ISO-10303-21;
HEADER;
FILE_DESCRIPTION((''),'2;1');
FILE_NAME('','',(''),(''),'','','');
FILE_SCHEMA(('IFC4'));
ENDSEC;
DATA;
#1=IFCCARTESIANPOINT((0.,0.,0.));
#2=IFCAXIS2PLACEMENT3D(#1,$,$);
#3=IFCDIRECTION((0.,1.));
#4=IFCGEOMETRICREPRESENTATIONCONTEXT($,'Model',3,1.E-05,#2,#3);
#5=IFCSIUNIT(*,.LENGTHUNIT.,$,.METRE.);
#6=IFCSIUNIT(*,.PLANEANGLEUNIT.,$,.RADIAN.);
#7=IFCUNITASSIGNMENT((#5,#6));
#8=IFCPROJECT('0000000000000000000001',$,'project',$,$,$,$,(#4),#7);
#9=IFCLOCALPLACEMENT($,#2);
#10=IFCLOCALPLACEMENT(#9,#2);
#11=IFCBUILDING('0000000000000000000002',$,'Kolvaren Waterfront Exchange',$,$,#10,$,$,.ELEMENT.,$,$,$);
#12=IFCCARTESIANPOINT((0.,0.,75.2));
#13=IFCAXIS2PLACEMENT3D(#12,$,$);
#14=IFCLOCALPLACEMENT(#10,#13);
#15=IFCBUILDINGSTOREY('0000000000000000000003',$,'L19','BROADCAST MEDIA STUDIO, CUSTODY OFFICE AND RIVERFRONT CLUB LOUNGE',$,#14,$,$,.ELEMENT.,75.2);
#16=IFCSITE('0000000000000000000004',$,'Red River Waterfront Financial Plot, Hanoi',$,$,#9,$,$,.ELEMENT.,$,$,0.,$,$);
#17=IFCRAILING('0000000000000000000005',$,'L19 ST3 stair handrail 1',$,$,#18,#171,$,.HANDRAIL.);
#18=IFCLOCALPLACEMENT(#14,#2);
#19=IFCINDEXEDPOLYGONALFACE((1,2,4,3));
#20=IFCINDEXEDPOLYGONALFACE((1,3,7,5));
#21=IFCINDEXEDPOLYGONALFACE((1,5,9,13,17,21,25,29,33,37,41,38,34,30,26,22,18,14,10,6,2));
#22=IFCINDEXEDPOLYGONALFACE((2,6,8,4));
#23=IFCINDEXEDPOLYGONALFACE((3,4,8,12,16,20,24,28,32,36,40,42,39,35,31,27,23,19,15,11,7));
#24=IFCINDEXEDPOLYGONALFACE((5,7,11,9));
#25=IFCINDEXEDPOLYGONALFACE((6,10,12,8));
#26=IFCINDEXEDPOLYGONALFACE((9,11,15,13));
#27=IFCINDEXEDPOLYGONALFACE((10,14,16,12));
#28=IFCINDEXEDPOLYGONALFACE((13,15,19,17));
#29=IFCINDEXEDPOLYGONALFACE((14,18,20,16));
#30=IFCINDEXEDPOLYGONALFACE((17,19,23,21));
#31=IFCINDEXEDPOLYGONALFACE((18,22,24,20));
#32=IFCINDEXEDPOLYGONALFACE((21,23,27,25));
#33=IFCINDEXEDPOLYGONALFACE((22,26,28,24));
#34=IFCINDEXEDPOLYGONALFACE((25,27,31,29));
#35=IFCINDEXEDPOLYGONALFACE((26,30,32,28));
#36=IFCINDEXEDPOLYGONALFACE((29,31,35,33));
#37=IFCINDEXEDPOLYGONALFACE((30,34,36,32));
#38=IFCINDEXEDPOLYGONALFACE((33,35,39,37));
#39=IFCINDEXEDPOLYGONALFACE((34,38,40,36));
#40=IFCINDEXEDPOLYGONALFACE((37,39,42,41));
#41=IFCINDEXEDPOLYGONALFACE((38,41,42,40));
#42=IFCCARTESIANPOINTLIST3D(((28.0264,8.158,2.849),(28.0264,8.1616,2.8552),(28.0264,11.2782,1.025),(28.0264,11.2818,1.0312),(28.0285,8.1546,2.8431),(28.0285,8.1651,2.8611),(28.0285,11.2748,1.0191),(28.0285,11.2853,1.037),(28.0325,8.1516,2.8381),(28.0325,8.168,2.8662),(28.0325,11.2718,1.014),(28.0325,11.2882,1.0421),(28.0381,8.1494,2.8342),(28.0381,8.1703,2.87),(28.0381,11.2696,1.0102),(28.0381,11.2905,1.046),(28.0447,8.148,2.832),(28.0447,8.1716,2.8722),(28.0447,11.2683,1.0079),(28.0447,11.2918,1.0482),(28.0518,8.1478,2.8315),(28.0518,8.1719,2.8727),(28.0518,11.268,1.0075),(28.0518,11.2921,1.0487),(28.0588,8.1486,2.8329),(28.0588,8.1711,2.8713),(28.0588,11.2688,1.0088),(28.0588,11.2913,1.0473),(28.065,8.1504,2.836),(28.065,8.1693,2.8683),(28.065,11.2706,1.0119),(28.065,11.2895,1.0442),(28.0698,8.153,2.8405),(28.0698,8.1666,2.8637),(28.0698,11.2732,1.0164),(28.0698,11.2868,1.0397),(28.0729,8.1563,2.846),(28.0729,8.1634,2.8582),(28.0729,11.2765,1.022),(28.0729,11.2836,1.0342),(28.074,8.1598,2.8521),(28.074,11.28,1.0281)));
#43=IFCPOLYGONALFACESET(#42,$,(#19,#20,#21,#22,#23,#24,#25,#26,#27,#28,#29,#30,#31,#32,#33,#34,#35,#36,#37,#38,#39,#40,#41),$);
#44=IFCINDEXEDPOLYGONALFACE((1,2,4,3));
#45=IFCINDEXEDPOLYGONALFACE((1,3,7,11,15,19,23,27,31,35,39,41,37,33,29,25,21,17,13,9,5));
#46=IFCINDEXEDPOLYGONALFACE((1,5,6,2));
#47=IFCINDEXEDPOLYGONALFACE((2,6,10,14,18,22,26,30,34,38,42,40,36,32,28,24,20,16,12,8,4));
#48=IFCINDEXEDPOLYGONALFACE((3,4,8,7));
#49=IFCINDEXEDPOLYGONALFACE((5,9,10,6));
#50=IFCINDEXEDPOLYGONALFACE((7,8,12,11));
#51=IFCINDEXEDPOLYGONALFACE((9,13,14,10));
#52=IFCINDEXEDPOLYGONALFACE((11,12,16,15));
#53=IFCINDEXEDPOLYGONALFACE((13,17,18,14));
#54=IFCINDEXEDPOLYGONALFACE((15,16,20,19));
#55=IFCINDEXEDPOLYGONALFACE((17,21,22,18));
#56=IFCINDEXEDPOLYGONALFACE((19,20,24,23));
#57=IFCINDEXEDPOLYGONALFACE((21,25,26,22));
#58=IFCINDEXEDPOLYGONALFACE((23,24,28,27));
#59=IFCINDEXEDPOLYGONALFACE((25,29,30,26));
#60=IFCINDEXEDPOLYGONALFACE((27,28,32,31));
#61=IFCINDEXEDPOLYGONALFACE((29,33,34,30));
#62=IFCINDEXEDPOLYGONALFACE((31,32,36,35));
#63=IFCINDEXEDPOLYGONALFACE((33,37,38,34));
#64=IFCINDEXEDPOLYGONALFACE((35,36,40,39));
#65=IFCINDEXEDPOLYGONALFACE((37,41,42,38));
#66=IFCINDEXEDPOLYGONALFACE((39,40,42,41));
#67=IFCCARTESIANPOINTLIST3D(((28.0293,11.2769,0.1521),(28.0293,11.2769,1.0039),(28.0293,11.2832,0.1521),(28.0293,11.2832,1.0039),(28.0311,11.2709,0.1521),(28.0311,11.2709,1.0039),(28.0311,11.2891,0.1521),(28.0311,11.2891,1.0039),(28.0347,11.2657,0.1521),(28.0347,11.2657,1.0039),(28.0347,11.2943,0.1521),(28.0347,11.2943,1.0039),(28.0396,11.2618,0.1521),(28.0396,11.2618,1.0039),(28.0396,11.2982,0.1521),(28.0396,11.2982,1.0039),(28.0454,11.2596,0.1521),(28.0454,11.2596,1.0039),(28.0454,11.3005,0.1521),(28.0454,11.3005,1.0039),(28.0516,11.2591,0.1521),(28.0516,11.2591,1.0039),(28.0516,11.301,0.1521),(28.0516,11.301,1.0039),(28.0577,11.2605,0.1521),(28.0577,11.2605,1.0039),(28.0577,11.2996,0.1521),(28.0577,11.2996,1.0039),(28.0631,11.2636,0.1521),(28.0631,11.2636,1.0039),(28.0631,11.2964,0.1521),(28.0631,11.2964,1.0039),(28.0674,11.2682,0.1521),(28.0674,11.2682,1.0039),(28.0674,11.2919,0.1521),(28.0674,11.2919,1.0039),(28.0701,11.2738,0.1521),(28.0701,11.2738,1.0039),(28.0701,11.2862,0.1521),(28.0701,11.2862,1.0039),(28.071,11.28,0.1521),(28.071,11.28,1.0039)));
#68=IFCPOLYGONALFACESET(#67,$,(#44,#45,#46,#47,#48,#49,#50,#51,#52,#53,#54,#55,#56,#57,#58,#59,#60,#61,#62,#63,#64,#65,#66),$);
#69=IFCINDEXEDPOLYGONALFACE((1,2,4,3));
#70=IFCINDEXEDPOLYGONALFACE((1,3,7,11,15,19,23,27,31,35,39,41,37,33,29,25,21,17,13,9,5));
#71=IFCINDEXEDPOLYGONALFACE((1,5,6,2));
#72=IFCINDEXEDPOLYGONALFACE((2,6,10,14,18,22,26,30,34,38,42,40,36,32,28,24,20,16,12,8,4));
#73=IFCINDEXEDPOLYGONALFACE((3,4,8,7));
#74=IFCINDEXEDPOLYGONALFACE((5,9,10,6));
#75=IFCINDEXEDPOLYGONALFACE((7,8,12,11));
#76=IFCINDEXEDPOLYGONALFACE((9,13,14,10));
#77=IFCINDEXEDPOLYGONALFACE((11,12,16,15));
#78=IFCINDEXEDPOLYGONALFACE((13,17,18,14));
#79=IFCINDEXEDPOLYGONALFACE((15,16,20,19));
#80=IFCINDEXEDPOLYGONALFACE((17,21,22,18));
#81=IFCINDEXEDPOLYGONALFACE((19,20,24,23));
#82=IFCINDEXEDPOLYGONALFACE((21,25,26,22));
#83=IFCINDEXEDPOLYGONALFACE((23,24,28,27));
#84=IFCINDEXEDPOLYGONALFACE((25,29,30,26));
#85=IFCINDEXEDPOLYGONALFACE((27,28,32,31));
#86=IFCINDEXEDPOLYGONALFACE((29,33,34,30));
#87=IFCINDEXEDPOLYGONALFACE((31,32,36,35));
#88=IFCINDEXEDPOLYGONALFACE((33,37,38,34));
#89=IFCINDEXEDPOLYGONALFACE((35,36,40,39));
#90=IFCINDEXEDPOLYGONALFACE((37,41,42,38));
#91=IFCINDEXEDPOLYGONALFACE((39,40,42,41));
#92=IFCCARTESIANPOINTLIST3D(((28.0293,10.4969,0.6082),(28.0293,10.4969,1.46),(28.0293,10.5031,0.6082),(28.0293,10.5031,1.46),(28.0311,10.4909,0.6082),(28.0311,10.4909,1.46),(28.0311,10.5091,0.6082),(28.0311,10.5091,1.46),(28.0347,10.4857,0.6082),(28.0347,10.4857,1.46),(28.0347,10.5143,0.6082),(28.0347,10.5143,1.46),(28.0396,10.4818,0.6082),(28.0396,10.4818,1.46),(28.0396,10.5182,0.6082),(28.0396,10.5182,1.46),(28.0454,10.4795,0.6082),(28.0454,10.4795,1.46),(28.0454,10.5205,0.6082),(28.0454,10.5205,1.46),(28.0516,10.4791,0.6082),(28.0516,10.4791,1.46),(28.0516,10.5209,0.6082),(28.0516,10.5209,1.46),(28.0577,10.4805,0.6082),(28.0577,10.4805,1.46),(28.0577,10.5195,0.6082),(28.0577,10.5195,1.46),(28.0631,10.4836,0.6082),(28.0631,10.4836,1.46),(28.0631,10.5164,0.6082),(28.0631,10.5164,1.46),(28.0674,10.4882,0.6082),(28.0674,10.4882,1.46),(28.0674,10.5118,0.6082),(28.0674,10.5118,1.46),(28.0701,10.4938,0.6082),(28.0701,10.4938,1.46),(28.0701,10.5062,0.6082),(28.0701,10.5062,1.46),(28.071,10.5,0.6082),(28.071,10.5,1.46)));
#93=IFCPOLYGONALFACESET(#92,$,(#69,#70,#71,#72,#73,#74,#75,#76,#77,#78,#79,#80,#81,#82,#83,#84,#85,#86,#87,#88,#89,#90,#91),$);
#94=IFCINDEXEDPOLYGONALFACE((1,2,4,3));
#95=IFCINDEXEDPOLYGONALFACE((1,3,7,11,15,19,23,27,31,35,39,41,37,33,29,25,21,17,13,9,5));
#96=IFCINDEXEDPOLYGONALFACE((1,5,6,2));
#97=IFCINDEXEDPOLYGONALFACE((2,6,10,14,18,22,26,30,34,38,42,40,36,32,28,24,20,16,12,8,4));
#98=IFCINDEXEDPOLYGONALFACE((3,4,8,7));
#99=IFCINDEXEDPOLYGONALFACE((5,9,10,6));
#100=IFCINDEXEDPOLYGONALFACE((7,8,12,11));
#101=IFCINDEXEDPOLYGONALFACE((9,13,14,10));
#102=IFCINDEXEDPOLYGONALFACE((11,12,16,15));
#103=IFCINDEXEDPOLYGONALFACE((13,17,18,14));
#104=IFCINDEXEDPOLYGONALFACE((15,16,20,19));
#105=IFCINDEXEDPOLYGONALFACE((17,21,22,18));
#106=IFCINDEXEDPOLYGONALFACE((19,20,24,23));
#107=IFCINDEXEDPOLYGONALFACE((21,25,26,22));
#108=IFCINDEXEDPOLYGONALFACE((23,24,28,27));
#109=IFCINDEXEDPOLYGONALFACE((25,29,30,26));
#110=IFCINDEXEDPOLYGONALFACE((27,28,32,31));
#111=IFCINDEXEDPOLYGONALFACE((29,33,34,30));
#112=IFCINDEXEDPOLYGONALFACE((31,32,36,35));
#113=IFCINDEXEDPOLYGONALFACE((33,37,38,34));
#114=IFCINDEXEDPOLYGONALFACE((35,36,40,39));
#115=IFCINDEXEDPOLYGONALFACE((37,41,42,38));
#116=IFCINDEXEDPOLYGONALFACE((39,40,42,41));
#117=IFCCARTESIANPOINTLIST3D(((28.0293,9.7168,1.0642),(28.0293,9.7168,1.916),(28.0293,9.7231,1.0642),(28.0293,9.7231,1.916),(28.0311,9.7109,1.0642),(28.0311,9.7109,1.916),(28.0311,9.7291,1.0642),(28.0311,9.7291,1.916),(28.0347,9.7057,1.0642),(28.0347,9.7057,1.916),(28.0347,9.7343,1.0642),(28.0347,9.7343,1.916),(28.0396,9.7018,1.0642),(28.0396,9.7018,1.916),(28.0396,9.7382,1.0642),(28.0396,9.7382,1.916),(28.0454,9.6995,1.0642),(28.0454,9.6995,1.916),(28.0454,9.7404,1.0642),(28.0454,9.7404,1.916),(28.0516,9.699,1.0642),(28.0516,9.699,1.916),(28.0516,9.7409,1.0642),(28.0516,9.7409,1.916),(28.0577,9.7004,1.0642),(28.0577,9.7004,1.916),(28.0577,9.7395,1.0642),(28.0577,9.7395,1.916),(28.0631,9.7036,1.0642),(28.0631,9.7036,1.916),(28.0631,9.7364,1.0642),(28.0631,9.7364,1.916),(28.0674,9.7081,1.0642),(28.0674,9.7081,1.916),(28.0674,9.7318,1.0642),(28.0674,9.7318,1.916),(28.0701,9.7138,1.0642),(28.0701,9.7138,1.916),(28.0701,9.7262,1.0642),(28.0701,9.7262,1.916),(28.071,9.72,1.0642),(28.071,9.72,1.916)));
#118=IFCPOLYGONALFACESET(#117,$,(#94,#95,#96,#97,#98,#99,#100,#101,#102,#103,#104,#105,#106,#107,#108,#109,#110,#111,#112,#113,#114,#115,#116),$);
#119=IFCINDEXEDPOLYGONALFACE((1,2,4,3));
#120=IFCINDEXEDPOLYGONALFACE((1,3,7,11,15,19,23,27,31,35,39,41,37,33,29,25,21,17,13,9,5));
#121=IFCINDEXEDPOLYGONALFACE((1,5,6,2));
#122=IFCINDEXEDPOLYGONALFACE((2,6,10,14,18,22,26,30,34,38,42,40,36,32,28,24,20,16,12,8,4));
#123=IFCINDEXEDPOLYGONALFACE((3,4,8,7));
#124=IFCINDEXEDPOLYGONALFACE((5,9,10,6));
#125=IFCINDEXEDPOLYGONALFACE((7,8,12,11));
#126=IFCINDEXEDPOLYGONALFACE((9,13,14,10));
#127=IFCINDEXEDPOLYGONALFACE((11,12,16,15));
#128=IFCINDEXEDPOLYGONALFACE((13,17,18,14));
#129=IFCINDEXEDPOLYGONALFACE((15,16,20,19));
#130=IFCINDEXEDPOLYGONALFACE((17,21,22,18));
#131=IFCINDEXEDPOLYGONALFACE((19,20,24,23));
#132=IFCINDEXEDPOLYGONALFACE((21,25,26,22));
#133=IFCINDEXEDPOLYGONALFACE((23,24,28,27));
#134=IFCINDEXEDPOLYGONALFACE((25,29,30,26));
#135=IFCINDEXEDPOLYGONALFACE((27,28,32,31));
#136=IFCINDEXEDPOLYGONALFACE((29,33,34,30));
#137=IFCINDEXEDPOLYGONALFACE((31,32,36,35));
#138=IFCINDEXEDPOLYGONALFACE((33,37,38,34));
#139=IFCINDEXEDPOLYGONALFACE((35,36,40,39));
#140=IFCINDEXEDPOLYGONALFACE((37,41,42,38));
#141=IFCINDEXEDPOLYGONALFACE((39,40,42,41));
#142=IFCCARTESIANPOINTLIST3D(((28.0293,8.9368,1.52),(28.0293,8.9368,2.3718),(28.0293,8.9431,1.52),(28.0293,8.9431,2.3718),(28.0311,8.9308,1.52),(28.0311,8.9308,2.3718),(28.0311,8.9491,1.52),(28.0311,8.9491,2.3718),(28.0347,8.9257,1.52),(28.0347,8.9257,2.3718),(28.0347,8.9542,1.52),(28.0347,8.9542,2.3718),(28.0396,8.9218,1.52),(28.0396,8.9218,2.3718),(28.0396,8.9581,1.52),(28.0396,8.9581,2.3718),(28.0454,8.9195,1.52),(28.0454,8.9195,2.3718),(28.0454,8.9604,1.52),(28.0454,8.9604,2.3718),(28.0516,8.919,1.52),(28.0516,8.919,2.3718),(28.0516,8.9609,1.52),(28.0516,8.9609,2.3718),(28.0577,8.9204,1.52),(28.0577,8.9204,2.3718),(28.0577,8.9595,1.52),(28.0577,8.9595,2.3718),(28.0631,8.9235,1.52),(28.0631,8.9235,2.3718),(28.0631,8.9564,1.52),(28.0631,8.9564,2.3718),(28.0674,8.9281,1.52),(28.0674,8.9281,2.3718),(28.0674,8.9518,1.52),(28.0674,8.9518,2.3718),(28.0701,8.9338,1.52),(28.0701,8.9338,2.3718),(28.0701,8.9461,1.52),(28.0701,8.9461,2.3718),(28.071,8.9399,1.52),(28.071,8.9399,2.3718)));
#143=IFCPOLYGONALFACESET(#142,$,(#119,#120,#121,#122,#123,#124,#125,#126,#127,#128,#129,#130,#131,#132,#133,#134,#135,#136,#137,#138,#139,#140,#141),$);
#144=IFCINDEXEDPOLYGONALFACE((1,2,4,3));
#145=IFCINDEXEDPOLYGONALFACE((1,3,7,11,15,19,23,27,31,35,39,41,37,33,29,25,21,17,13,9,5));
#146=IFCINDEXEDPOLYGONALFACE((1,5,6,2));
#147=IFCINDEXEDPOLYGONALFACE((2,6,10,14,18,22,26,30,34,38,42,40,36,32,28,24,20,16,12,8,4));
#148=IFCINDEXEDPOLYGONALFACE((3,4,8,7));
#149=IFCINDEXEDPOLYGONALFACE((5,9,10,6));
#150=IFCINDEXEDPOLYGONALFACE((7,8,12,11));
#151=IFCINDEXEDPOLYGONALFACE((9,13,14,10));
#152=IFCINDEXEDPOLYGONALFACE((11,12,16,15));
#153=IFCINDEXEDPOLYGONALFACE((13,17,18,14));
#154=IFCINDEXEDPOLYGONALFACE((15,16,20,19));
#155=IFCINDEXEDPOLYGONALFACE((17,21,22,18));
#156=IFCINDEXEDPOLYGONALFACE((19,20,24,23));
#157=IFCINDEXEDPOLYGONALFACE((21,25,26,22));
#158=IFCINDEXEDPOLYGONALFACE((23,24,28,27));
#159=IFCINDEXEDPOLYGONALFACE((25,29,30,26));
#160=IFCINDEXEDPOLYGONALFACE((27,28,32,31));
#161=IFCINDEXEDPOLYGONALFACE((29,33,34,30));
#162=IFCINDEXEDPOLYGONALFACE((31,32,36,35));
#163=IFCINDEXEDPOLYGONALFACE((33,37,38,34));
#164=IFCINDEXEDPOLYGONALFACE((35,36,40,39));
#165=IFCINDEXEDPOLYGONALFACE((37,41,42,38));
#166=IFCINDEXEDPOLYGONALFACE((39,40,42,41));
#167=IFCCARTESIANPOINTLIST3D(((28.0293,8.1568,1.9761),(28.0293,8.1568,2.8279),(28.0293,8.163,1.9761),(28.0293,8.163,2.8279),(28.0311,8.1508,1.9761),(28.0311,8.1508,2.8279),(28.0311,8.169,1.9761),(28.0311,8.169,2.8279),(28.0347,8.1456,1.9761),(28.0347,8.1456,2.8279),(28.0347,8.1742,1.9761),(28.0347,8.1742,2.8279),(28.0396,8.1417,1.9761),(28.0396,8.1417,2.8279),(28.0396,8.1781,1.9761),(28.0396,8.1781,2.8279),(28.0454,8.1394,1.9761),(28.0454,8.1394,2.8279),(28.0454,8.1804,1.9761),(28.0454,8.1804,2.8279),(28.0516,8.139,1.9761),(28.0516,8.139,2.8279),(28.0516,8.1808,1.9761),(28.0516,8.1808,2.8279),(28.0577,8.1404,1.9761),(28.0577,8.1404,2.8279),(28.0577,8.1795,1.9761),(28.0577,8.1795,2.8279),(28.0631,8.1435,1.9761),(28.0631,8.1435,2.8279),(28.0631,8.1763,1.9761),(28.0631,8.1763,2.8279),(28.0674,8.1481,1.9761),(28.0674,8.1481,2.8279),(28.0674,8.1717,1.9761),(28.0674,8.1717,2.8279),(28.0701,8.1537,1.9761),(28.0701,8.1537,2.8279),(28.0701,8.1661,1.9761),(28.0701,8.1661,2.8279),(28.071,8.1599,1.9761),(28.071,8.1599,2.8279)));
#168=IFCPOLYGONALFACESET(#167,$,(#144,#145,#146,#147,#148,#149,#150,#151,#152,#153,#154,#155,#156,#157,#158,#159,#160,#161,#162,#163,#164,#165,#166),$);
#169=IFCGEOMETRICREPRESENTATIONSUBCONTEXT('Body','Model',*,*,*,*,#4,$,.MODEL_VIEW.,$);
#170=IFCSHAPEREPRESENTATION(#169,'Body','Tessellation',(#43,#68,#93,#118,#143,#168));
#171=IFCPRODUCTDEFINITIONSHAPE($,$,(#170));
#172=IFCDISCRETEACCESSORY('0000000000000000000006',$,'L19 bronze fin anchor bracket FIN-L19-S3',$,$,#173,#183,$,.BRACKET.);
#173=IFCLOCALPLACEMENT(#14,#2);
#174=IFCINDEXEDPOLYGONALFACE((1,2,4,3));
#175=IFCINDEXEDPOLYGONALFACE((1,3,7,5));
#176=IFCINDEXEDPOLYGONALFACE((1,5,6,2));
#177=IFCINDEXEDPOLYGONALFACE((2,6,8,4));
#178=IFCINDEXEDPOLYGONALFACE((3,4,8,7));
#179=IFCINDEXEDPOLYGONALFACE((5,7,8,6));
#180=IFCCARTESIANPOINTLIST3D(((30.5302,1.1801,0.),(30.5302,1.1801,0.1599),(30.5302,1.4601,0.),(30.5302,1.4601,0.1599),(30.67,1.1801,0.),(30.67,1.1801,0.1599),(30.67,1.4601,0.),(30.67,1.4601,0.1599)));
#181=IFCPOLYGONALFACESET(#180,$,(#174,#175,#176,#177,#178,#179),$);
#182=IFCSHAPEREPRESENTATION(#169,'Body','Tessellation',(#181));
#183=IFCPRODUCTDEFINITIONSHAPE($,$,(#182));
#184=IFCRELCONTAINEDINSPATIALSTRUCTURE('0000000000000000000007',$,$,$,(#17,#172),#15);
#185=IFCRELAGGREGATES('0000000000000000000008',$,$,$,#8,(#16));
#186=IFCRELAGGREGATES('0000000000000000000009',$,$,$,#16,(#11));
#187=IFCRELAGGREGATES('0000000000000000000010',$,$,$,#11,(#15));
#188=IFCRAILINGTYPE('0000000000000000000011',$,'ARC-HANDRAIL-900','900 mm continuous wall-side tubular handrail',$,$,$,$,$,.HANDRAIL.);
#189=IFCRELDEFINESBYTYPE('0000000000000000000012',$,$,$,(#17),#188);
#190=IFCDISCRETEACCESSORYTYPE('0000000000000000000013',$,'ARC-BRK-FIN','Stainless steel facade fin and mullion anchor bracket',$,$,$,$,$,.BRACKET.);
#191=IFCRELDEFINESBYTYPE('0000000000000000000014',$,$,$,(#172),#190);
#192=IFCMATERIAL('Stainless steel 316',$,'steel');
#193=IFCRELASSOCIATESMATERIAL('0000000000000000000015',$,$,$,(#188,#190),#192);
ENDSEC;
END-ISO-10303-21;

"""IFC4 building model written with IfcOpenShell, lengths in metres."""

from ifc_helpers import new_model, si_unit, direction, frame, origin, origin_with_axes, origin_2d, place, context, subcontext, project, spatial, rectangle, circle, extrude, source, transform, mapped, material, type_object, element, save


model = new_model("IFC4")

# Units and contexts
model_context = context("Model", 3, precision=1e-05, world=origin(), true_north=direction((0.0, 1.0)))
body_context = subcontext(model_context, "Body", "Model", "MODEL_VIEW")
ifc_project = project(units=[si_unit("LENGTHUNIT", "METRE"), si_unit("PLANEANGLEUNIT", "RADIAN")], contexts=[model_context])

# Site, building, storey
site_placement = place(None, origin())
site = spatial("IfcSite", under=ifc_project, at=site_placement, Name="Red River Waterfront Financial Plot, Hanoi", CompositionType="ELEMENT", RefElevation=0.0)
building_placement = place(site_placement, origin())
building = spatial("IfcBuilding", under=site, at=building_placement, Name="Kolvaren Waterfront Exchange", CompositionType="ELEMENT")
storey_placement = place(building_placement, frame((0.0, 0.0, 75.2)))
storey = spatial("IfcBuildingStorey", under=building, at=storey_placement, Name="L19", Description="BROADCAST MEDIA STUDIO, CUSTODY OFFICE AND RIVERFRONT CLUB LOUNGE", CompositionType="ELEMENT", Elevation=75.2)

# Railing
ifc_material_1 = material(Name="Stainless steel 316", Category="steel")
railing_type_1 = type_object("IfcRailingType", Name="ARC-HANDRAIL-900", Description="900 mm continuous wall-side tubular handrail", PredefinedType="HANDRAIL", material=ifc_material_1)
railing_1_placement = place(storey_placement, frame((28.05, 11.28, 0.1521)))
element("IfcRailing", 1, at=railing_1_placement, inside=storey, type_object=railing_type_1, Name="L19 ST3 stair handrail 1", PredefinedType="HANDRAIL", context=body_context, shape_type="SweptSolid", body=[
    extrude(circle(Radius=0.0239, at=origin_2d()), frame((0.0, 0.0, 0.876), z_axis=(0.0, -0.863308, 0.504677), x_axis=(1.0, 0.0, 0.0)), (0.0, 0.0, 1.0), 3.6143),
    extrude(circle(Radius=0.021, at=origin_2d()), origin(), (0.0, 0.0, 1.0), 0.8518),
    extrude(circle(Radius=0.021, at=origin_2d()), frame((0.0, -0.78, 0.4561)), (0.0, 0.0, 1.0), 0.8518),
    extrude(circle(Radius=0.021, at=origin_2d()), frame((0.0, -1.5601, 0.9121)), (0.0, 0.0, 1.0), 0.8518),
    extrude(circle(Radius=0.021, at=origin_2d()), frame((0.0, -2.3401, 1.3679)), (0.0, 0.0, 1.0), 0.8518),
    extrude(circle(Radius=0.021, at=origin_2d()), frame((0.0, -3.1201, 1.824)), (0.0, 0.0, 1.0), 0.8518),
])

# Discrete accessory
discrete_accessory_type = type_object("IfcDiscreteAccessoryType", Name="ARC-BRK-FIN", Description="Stainless steel facade fin and mullion anchor bracket", PredefinedType="BRACKET", material=ifc_material_1)
shared_shape_1 = source(origin_with_axes(), body_context, "Body", "SweptSolid", [
    extrude(rectangle(XDim=0.28, YDim=0.1399, at=origin_2d()), origin(), (0.0, 0.0, 1.0), 0.1599),
])
discrete_accessory_placement = place(storey_placement, frame((30.6001, 1.3201, 0.0), z_axis=(0.0, 0.0, 1.0), x_axis=(0.0, -1.0, 0.0)))
element("IfcDiscreteAccessory", 2, at=discrete_accessory_placement, inside=storey, type_object=discrete_accessory_type, Name="L19 bronze fin anchor bracket FIN-L19-S3", PredefinedType="BRACKET", context=body_context, shape_type="MappedRepresentation", body=[
    mapped(shared_shape_1, transform((0.0, 0.0, 0.0), x_axis=(1.0, 0.0, 0.0), y_axis=(0.0, 1.0, 0.0), z_axis=(0.0, 0.0, 1.0), scale=1.0)),
])

save(model, "model.ifc")
